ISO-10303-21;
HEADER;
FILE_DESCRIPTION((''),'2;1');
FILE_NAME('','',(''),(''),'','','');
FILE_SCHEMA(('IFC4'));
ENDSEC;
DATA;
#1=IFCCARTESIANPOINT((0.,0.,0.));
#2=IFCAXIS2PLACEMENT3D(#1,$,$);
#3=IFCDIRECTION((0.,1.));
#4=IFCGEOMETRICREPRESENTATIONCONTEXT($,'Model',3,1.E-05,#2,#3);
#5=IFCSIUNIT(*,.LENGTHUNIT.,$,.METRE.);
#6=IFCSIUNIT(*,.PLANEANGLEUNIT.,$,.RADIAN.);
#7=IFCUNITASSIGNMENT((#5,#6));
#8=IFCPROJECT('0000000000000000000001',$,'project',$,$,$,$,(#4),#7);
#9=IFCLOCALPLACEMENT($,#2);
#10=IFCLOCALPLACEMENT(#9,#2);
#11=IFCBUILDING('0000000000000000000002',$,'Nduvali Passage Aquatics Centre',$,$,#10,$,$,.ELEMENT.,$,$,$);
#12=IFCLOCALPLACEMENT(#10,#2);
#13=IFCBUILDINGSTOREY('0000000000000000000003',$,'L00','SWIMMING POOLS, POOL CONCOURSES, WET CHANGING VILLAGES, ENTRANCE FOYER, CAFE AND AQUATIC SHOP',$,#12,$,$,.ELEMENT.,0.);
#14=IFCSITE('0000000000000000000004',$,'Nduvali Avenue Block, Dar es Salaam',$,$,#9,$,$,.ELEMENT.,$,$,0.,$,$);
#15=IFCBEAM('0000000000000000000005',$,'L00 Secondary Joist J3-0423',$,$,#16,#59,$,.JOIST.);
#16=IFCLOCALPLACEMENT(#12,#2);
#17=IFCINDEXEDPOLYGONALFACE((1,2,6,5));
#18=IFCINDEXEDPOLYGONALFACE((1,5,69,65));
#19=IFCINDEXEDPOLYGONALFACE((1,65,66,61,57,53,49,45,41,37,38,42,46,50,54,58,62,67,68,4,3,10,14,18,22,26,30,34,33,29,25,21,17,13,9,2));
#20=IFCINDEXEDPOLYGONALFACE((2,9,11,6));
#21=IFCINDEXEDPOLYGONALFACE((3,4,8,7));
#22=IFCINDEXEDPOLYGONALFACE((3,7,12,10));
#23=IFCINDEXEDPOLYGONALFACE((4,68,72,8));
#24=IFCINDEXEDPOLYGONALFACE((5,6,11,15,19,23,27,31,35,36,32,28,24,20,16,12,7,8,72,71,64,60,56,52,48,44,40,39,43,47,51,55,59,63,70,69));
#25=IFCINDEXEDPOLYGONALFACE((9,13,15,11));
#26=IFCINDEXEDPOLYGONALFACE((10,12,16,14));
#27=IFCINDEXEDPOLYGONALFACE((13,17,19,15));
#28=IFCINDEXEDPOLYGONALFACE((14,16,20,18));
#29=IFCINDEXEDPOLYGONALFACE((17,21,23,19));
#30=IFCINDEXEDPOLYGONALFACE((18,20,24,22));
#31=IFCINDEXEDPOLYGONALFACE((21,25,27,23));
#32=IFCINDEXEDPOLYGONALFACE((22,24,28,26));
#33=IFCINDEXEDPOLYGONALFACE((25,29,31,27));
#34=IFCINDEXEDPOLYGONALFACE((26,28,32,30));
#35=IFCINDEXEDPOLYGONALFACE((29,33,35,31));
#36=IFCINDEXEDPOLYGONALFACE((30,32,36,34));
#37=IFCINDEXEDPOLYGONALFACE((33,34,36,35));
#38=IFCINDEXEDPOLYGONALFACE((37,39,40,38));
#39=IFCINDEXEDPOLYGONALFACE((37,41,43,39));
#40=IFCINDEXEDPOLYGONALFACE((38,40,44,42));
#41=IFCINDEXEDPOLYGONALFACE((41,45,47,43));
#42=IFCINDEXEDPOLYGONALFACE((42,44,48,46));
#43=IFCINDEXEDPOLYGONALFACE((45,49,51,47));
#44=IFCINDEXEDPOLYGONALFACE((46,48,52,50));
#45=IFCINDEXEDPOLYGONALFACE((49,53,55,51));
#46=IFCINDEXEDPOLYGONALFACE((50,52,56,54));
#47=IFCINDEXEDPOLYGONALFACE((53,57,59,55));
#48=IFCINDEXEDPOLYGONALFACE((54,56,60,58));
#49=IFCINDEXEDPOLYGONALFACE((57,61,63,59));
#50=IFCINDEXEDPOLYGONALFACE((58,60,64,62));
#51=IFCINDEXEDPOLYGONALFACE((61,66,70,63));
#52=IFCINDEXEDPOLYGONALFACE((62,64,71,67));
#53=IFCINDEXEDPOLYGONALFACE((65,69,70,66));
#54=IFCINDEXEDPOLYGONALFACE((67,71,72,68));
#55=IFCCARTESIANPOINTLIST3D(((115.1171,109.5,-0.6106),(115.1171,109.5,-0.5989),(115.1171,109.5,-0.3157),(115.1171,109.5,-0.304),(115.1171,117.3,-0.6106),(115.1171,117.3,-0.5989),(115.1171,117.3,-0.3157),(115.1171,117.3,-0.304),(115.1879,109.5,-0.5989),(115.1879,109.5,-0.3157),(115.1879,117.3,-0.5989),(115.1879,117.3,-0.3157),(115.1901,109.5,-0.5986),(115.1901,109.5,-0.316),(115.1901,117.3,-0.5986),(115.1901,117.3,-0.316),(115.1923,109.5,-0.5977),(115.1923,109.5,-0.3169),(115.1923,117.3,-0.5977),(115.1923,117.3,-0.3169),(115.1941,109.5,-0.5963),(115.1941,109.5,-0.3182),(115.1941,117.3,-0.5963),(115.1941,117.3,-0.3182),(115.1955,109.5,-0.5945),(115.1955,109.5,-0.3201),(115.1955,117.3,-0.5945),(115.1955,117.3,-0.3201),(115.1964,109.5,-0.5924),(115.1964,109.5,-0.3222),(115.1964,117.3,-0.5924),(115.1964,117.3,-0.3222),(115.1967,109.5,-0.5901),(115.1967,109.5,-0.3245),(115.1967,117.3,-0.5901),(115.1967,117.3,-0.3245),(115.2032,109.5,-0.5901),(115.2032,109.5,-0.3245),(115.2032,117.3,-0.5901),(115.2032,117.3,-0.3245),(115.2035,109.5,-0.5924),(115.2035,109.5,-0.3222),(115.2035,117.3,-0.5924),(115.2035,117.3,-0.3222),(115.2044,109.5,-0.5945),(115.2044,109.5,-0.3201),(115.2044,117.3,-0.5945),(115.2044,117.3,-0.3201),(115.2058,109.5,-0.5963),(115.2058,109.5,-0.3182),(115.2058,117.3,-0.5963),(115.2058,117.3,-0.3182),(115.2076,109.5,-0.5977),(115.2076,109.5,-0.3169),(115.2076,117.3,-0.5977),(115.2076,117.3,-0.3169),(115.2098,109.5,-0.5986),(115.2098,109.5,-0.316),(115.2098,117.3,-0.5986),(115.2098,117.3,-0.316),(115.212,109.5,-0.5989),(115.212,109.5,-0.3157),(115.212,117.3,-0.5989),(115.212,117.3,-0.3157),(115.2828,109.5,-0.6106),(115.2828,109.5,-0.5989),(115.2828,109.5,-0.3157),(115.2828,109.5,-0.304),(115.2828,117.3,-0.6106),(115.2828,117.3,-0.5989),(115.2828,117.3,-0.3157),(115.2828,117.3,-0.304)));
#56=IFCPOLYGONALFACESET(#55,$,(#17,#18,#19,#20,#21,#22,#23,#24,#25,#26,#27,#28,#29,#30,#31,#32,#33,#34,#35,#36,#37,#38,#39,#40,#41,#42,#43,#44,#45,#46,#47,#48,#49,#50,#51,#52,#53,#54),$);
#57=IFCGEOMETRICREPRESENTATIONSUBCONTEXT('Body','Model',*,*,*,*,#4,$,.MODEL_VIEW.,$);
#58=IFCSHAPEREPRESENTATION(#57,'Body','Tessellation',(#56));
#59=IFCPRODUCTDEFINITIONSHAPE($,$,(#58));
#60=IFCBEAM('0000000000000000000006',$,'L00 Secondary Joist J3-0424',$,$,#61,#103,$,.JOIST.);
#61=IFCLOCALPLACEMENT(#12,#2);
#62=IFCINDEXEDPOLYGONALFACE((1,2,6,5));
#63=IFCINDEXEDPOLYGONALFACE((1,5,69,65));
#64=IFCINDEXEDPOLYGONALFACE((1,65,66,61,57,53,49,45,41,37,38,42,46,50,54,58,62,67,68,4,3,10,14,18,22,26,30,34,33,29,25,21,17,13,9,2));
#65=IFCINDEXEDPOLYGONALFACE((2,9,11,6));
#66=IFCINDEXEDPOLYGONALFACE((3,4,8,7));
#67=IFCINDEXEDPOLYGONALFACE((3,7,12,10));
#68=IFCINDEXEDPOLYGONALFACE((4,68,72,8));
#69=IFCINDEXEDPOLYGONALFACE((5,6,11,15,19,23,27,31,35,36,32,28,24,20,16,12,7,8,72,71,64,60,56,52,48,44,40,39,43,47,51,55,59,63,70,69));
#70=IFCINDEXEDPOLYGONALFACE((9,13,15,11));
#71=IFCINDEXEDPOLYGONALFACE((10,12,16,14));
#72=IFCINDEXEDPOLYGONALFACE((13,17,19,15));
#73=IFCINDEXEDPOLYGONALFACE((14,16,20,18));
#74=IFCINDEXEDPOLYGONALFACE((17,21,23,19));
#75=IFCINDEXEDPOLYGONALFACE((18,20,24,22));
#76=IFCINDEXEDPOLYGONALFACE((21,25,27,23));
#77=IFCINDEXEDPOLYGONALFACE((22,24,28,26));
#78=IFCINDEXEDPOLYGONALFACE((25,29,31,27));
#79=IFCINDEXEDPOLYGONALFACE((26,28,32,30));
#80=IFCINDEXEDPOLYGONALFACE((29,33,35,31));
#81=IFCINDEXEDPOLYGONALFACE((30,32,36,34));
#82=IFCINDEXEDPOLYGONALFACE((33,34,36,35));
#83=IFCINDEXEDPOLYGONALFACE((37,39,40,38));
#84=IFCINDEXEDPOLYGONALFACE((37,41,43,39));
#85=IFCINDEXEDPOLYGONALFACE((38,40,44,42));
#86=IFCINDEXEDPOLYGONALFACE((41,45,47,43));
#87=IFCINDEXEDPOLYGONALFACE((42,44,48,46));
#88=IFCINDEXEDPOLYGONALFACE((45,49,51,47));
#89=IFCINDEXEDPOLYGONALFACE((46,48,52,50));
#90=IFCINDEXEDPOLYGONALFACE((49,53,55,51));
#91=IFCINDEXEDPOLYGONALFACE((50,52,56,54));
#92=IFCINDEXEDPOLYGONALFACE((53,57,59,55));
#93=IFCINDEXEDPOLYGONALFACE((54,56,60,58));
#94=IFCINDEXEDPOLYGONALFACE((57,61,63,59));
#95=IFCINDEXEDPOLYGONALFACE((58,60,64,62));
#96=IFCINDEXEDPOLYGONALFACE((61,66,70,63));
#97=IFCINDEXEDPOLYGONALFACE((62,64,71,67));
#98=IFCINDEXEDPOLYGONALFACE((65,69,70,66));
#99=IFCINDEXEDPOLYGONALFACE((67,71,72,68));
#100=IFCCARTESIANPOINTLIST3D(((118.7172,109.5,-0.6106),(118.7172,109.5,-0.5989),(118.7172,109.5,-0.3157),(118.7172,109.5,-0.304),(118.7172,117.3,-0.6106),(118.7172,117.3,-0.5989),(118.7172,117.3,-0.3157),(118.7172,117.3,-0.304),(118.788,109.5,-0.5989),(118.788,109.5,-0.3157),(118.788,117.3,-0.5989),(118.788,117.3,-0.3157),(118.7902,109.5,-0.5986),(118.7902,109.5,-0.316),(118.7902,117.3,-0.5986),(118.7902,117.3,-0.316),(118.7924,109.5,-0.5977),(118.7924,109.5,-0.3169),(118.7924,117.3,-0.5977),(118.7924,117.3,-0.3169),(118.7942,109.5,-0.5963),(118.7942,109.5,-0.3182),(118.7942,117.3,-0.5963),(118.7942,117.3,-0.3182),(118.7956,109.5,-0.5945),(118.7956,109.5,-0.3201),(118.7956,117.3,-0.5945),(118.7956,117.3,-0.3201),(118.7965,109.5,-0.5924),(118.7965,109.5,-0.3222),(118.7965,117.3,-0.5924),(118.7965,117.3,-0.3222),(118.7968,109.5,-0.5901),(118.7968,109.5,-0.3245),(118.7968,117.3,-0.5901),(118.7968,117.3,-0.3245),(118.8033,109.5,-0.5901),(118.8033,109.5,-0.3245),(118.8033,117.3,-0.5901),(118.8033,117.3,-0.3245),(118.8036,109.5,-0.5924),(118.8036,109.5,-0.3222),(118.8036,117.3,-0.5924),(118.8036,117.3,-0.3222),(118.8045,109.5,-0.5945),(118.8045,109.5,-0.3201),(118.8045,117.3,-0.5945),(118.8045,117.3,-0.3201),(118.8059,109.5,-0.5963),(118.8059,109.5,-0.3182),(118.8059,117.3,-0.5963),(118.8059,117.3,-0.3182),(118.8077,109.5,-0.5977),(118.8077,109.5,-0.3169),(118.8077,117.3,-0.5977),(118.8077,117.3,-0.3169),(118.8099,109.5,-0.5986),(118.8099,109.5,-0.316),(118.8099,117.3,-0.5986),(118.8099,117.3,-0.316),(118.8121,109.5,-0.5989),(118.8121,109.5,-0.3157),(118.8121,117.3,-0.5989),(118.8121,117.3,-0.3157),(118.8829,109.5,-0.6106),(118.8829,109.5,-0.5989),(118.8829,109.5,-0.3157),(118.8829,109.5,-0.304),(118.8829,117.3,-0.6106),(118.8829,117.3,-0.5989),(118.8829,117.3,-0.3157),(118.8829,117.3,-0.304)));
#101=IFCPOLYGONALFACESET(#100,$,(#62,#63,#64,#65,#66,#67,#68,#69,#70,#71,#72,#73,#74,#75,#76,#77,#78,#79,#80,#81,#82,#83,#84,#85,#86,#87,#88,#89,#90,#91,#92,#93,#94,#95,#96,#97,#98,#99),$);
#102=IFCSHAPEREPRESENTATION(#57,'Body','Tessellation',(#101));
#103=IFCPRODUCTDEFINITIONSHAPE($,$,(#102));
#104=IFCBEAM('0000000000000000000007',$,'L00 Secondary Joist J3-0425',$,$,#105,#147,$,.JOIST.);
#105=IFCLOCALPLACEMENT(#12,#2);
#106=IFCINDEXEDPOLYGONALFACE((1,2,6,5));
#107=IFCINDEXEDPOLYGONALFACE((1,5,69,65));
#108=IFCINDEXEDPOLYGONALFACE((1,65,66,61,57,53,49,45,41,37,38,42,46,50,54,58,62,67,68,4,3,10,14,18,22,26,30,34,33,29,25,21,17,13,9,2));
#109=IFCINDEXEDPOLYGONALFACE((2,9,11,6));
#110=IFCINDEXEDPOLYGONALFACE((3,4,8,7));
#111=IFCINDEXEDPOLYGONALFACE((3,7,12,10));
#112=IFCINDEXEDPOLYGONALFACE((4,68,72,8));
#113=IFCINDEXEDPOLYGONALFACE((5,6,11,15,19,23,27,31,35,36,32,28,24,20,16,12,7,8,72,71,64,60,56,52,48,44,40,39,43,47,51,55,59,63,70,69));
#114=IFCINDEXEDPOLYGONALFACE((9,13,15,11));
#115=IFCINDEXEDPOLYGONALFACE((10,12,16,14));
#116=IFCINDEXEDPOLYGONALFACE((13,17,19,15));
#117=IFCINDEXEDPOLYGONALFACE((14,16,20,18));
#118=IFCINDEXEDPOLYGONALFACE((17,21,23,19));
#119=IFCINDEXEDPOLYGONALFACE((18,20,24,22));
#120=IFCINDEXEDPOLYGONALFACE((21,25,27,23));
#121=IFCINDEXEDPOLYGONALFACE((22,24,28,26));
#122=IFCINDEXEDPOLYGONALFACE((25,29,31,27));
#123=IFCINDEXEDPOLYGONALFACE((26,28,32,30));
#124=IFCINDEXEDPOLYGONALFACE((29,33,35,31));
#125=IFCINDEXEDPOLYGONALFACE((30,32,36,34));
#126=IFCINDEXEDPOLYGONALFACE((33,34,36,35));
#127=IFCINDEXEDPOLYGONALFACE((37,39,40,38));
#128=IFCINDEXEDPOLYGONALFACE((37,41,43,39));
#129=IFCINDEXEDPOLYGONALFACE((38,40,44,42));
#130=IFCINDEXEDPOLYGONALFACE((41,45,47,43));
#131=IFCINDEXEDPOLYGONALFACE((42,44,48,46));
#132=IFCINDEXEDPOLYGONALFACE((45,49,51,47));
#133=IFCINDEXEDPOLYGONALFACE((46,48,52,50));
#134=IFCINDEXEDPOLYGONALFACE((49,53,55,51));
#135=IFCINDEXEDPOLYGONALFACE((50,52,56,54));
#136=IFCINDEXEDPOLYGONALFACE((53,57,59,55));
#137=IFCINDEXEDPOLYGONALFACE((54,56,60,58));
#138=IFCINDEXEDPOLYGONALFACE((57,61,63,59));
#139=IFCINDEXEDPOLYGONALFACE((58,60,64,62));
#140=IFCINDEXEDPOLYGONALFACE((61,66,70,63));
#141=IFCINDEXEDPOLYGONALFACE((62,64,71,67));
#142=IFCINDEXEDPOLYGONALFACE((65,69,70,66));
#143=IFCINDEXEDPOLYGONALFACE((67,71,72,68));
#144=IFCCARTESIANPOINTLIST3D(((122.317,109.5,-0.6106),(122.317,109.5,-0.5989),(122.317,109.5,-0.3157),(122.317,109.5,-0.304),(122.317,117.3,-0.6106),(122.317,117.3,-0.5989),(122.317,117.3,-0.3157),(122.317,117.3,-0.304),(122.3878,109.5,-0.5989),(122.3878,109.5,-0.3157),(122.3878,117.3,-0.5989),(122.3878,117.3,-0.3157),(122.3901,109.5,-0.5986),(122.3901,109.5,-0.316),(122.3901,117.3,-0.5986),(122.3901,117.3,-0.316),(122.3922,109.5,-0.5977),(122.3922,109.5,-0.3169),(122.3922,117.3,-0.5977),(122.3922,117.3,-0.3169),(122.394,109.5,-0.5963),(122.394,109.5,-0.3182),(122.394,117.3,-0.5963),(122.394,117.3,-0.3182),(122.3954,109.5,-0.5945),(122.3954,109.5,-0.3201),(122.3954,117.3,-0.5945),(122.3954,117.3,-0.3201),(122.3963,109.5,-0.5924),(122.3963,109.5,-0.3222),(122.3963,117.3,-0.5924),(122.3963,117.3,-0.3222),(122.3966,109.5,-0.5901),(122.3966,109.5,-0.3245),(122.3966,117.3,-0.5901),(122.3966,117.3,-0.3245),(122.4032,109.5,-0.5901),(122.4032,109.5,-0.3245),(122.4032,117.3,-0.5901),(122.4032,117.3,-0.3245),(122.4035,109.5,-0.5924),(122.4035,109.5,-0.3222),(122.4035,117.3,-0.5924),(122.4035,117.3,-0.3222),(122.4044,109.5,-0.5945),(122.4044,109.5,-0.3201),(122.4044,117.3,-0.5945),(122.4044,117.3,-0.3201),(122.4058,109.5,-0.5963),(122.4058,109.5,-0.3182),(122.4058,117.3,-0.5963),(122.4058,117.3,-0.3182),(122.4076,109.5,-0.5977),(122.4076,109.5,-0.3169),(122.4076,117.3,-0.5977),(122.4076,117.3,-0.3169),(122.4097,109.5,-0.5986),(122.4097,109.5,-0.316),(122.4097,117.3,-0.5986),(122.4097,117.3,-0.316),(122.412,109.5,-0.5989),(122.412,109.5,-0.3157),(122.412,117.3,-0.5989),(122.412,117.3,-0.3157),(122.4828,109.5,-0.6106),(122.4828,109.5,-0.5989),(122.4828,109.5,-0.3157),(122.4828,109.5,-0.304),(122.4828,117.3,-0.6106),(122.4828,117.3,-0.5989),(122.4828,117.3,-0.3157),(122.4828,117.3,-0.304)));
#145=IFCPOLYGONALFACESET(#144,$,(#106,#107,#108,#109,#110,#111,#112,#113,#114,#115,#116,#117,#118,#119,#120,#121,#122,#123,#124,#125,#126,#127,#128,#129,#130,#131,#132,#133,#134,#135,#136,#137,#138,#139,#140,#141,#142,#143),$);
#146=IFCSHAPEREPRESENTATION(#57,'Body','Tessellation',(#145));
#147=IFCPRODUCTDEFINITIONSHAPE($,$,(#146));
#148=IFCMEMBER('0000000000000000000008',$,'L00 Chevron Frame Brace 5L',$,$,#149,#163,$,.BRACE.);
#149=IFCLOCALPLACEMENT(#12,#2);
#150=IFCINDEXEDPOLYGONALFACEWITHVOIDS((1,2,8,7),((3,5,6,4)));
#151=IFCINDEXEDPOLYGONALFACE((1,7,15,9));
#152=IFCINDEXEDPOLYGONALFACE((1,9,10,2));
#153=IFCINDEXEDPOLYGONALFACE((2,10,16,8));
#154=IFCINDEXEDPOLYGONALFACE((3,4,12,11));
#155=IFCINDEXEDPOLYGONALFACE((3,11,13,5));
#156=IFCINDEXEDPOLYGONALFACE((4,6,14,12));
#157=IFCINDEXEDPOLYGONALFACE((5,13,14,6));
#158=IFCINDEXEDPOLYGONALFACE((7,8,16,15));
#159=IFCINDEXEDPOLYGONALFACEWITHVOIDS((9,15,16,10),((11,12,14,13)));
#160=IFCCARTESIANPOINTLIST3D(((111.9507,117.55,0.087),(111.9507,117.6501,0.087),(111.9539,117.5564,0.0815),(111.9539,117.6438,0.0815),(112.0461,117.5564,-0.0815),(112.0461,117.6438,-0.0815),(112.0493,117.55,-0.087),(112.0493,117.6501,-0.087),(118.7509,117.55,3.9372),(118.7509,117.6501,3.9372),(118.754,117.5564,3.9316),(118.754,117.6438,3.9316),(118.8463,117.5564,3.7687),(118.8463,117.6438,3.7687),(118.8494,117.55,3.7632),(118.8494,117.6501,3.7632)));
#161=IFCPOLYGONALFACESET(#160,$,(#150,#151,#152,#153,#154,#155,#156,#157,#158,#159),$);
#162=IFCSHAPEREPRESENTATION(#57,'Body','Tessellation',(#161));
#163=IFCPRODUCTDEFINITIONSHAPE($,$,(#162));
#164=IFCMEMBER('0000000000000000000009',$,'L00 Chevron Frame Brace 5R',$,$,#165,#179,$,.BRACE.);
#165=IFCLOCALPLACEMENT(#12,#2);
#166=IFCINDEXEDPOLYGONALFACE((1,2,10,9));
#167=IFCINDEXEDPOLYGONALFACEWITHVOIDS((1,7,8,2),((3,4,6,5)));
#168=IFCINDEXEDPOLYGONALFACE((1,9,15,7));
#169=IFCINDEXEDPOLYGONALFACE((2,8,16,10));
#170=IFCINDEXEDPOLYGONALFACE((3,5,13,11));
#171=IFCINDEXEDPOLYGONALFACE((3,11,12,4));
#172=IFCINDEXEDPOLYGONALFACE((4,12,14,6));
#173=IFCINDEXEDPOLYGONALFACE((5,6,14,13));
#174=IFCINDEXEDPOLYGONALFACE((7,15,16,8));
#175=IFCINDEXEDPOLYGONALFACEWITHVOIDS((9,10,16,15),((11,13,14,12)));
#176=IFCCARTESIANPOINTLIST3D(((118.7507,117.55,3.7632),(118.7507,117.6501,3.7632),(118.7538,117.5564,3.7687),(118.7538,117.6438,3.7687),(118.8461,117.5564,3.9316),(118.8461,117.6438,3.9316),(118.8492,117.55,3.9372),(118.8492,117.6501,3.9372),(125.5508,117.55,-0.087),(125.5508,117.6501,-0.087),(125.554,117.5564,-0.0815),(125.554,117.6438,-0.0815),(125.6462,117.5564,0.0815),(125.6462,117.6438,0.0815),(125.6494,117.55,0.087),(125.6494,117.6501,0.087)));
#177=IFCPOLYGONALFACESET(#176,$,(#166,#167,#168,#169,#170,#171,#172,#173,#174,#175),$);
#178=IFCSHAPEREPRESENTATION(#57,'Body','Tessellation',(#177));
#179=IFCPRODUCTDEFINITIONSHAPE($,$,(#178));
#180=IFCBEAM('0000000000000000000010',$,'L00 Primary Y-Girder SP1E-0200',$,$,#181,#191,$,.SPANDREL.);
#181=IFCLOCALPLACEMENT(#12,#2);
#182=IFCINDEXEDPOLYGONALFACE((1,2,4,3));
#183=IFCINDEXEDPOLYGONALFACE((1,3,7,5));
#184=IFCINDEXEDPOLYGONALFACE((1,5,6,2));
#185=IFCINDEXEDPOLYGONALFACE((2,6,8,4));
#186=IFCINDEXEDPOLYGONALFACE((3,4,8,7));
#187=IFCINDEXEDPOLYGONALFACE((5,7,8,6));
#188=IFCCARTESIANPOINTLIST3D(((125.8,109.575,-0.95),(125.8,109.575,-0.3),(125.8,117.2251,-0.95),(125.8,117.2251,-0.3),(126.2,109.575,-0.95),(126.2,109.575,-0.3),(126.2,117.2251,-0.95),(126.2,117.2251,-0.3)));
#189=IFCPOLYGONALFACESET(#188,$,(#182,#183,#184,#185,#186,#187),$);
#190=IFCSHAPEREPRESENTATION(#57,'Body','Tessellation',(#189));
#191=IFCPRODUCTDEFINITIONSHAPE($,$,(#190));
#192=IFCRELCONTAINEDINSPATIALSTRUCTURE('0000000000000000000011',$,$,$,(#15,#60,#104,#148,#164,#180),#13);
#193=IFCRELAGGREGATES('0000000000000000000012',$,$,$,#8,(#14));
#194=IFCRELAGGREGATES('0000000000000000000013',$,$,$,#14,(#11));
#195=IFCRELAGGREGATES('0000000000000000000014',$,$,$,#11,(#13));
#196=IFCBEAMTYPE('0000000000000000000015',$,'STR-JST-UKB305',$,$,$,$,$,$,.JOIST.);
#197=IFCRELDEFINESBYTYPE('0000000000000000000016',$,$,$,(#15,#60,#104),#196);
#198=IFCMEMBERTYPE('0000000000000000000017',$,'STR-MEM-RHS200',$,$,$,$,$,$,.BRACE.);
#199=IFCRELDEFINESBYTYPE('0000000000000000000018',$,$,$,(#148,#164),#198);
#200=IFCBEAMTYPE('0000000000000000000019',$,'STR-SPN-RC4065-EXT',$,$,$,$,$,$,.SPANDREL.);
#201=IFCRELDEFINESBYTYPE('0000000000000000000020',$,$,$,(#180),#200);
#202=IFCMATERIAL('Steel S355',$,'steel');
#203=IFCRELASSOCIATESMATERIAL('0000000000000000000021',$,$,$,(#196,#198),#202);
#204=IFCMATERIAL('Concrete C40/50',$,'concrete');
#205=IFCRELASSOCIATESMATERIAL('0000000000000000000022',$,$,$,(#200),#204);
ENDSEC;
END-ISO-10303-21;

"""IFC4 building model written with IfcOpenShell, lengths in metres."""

from ifc_helpers import new_model, si_unit, direction, frame, origin, origin_2d, place, context, subcontext, project, spatial, rectangle, hollow_rectangle, i_section, extrude, material, material_profile, profile_set, type_object, element, save


model = new_model("IFC4")

# Units and contexts
model_context = context("Model", 3, precision=1e-05, world=origin(), true_north=direction((0.0, 1.0)))
body_context = subcontext(model_context, "Body", "Model", "MODEL_VIEW")
ifc_project = project(units=[si_unit("LENGTHUNIT", "METRE"), si_unit("PLANEANGLEUNIT", "RADIAN")], contexts=[model_context])

# Site, building, storey
site_placement = place(None, origin())
site = spatial("IfcSite", under=ifc_project, at=site_placement, Name="Nduvali Avenue Block, Dar es Salaam", CompositionType="ELEMENT", RefElevation=0.0)
building_placement = place(site_placement, origin())
building = spatial("IfcBuilding", under=site, at=building_placement, Name="Nduvali Passage Aquatics Centre", CompositionType="ELEMENT")
storey_placement = place(building_placement, origin())
storey = spatial("IfcBuildingStorey", under=building, at=storey_placement, Name="L00", Description="SWIMMING POOLS, POOL CONCOURSES, WET CHANGING VILLAGES, ENTRANCE FOYER, CAFE AND AQUATIC SHOP", CompositionType="ELEMENT", Elevation=0.0)

# Shared definitions
ifc_material_1 = material(Name="Concrete C40/50", Category="concrete")

# Beams
ifc_material_2 = material(Name="Steel S355", Category="steel")
ifc_material_profile_1 = material_profile(ifc_material_2, i_section(OverallWidth=0.1658, OverallDepth=0.3066, WebThickness=0.0066, FlangeThickness=0.0117, FilletRadius=0.0088, at=origin_2d()), Name="UKB 305x165x46")
ifc_profile_set_1 = profile_set([ifc_material_profile_1], Name="Steel S355")
beam_type_1 = type_object("IfcBeamType", Name="STR-JST-UKB305", PredefinedType="JOIST", material=ifc_profile_set_1)
for number, where, z_axis, x_axis, name in (
    (1, (115.2, 109.5, -0.4573), (0.0, 1.0, 0.0), (-1.0, 0.0, 0.0), "L00 Secondary Joist J3-0423"),
    (2, (118.8, 109.5, -0.4573), (0.0, 1.0, 0.0), (-1.0, 0.0, 0.0), "L00 Secondary Joist J3-0424"),
    (3, (122.3999, 109.5, -0.4573), (0.0, 1.0, 0.0), (-1.0, 0.0, 0.0), "L00 Secondary Joist J3-0425"),
):
    element("IfcBeam", number, at=place(storey_placement, frame(where, z_axis=z_axis, x_axis=x_axis)), inside=storey, type_object=beam_type_1, Name=name, PredefinedType="JOIST", context=body_context, shape_type="SweptSolid", body=[
        extrude(i_section(OverallWidth=0.1658, OverallDepth=0.3066, WebThickness=0.0066, FlangeThickness=0.0117, FilletRadius=0.0088, at=origin_2d()), origin(), (0.0, 0.0, 1.0), 7.8),
    ])

# Members
ifc_material_profile_2 = material_profile(ifc_material_2, hollow_rectangle(XDim=0.1001, YDim=0.2, WallThickness=0.0063, at=origin_2d()), Name="RHS 200x100x6.3")
ifc_profile_set_2 = profile_set([ifc_material_profile_2], Name="Steel S355")
member_type = type_object("IfcMemberType", Name="STR-MEM-RHS200", PredefinedType="BRACE", material=ifc_profile_set_2)
for number, where, z_axis, x_axis, name in (
    (4, (112.0, 117.6001, 0.0), (0.870201, 0.0, 0.492696), (0.0, 1.0, 0.0), "L00 Chevron Frame Brace 5L"),
    (5, (125.6001, 117.6001, 0.0), (-0.870201, 0.0, 0.492696), (0.0, -1.0, 0.0), "L00 Chevron Frame Brace 5R"),
):
    element("IfcMember", number, at=place(storey_placement, frame(where, z_axis=z_axis, x_axis=x_axis)), inside=storey, type_object=member_type, Name=name, PredefinedType="BRACE", context=body_context, shape_type="SweptSolid", body=[
        extrude(hollow_rectangle(XDim=0.1001, YDim=0.2, WallThickness=0.0063, at=origin_2d()), origin(), (0.0, 0.0, 1.0), 7.8145),
    ])

# Beam
ifc_material_profile_3 = material_profile(ifc_material_1, rectangle(XDim=0.3999, YDim=0.6499, at=origin_2d()), Name="RC 400x650")
ifc_profile_set_3 = profile_set([ifc_material_profile_3], Name="Concrete C40/50")
beam_type_2 = type_object("IfcBeamType", Name="STR-SPN-RC4065-EXT", PredefinedType="SPANDREL", material=ifc_profile_set_3)
beam_1_placement = place(storey_placement, frame((126.0, 109.575, -0.625), z_axis=(0.0, 1.0, 0.0), x_axis=(-1.0, 0.0, 0.0)))
element("IfcBeam", 6, at=beam_1_placement, inside=storey, type_object=beam_type_2, Name="L00 Primary Y-Girder SP1E-0200", PredefinedType="SPANDREL", context=body_context, shape_type="SweptSolid", body=[
    extrude(rectangle(XDim=0.3999, YDim=0.6499, at=origin_2d()), origin(), (0.0, 0.0, 1.0), 7.6501),
])

save(model, "model.ifc")
